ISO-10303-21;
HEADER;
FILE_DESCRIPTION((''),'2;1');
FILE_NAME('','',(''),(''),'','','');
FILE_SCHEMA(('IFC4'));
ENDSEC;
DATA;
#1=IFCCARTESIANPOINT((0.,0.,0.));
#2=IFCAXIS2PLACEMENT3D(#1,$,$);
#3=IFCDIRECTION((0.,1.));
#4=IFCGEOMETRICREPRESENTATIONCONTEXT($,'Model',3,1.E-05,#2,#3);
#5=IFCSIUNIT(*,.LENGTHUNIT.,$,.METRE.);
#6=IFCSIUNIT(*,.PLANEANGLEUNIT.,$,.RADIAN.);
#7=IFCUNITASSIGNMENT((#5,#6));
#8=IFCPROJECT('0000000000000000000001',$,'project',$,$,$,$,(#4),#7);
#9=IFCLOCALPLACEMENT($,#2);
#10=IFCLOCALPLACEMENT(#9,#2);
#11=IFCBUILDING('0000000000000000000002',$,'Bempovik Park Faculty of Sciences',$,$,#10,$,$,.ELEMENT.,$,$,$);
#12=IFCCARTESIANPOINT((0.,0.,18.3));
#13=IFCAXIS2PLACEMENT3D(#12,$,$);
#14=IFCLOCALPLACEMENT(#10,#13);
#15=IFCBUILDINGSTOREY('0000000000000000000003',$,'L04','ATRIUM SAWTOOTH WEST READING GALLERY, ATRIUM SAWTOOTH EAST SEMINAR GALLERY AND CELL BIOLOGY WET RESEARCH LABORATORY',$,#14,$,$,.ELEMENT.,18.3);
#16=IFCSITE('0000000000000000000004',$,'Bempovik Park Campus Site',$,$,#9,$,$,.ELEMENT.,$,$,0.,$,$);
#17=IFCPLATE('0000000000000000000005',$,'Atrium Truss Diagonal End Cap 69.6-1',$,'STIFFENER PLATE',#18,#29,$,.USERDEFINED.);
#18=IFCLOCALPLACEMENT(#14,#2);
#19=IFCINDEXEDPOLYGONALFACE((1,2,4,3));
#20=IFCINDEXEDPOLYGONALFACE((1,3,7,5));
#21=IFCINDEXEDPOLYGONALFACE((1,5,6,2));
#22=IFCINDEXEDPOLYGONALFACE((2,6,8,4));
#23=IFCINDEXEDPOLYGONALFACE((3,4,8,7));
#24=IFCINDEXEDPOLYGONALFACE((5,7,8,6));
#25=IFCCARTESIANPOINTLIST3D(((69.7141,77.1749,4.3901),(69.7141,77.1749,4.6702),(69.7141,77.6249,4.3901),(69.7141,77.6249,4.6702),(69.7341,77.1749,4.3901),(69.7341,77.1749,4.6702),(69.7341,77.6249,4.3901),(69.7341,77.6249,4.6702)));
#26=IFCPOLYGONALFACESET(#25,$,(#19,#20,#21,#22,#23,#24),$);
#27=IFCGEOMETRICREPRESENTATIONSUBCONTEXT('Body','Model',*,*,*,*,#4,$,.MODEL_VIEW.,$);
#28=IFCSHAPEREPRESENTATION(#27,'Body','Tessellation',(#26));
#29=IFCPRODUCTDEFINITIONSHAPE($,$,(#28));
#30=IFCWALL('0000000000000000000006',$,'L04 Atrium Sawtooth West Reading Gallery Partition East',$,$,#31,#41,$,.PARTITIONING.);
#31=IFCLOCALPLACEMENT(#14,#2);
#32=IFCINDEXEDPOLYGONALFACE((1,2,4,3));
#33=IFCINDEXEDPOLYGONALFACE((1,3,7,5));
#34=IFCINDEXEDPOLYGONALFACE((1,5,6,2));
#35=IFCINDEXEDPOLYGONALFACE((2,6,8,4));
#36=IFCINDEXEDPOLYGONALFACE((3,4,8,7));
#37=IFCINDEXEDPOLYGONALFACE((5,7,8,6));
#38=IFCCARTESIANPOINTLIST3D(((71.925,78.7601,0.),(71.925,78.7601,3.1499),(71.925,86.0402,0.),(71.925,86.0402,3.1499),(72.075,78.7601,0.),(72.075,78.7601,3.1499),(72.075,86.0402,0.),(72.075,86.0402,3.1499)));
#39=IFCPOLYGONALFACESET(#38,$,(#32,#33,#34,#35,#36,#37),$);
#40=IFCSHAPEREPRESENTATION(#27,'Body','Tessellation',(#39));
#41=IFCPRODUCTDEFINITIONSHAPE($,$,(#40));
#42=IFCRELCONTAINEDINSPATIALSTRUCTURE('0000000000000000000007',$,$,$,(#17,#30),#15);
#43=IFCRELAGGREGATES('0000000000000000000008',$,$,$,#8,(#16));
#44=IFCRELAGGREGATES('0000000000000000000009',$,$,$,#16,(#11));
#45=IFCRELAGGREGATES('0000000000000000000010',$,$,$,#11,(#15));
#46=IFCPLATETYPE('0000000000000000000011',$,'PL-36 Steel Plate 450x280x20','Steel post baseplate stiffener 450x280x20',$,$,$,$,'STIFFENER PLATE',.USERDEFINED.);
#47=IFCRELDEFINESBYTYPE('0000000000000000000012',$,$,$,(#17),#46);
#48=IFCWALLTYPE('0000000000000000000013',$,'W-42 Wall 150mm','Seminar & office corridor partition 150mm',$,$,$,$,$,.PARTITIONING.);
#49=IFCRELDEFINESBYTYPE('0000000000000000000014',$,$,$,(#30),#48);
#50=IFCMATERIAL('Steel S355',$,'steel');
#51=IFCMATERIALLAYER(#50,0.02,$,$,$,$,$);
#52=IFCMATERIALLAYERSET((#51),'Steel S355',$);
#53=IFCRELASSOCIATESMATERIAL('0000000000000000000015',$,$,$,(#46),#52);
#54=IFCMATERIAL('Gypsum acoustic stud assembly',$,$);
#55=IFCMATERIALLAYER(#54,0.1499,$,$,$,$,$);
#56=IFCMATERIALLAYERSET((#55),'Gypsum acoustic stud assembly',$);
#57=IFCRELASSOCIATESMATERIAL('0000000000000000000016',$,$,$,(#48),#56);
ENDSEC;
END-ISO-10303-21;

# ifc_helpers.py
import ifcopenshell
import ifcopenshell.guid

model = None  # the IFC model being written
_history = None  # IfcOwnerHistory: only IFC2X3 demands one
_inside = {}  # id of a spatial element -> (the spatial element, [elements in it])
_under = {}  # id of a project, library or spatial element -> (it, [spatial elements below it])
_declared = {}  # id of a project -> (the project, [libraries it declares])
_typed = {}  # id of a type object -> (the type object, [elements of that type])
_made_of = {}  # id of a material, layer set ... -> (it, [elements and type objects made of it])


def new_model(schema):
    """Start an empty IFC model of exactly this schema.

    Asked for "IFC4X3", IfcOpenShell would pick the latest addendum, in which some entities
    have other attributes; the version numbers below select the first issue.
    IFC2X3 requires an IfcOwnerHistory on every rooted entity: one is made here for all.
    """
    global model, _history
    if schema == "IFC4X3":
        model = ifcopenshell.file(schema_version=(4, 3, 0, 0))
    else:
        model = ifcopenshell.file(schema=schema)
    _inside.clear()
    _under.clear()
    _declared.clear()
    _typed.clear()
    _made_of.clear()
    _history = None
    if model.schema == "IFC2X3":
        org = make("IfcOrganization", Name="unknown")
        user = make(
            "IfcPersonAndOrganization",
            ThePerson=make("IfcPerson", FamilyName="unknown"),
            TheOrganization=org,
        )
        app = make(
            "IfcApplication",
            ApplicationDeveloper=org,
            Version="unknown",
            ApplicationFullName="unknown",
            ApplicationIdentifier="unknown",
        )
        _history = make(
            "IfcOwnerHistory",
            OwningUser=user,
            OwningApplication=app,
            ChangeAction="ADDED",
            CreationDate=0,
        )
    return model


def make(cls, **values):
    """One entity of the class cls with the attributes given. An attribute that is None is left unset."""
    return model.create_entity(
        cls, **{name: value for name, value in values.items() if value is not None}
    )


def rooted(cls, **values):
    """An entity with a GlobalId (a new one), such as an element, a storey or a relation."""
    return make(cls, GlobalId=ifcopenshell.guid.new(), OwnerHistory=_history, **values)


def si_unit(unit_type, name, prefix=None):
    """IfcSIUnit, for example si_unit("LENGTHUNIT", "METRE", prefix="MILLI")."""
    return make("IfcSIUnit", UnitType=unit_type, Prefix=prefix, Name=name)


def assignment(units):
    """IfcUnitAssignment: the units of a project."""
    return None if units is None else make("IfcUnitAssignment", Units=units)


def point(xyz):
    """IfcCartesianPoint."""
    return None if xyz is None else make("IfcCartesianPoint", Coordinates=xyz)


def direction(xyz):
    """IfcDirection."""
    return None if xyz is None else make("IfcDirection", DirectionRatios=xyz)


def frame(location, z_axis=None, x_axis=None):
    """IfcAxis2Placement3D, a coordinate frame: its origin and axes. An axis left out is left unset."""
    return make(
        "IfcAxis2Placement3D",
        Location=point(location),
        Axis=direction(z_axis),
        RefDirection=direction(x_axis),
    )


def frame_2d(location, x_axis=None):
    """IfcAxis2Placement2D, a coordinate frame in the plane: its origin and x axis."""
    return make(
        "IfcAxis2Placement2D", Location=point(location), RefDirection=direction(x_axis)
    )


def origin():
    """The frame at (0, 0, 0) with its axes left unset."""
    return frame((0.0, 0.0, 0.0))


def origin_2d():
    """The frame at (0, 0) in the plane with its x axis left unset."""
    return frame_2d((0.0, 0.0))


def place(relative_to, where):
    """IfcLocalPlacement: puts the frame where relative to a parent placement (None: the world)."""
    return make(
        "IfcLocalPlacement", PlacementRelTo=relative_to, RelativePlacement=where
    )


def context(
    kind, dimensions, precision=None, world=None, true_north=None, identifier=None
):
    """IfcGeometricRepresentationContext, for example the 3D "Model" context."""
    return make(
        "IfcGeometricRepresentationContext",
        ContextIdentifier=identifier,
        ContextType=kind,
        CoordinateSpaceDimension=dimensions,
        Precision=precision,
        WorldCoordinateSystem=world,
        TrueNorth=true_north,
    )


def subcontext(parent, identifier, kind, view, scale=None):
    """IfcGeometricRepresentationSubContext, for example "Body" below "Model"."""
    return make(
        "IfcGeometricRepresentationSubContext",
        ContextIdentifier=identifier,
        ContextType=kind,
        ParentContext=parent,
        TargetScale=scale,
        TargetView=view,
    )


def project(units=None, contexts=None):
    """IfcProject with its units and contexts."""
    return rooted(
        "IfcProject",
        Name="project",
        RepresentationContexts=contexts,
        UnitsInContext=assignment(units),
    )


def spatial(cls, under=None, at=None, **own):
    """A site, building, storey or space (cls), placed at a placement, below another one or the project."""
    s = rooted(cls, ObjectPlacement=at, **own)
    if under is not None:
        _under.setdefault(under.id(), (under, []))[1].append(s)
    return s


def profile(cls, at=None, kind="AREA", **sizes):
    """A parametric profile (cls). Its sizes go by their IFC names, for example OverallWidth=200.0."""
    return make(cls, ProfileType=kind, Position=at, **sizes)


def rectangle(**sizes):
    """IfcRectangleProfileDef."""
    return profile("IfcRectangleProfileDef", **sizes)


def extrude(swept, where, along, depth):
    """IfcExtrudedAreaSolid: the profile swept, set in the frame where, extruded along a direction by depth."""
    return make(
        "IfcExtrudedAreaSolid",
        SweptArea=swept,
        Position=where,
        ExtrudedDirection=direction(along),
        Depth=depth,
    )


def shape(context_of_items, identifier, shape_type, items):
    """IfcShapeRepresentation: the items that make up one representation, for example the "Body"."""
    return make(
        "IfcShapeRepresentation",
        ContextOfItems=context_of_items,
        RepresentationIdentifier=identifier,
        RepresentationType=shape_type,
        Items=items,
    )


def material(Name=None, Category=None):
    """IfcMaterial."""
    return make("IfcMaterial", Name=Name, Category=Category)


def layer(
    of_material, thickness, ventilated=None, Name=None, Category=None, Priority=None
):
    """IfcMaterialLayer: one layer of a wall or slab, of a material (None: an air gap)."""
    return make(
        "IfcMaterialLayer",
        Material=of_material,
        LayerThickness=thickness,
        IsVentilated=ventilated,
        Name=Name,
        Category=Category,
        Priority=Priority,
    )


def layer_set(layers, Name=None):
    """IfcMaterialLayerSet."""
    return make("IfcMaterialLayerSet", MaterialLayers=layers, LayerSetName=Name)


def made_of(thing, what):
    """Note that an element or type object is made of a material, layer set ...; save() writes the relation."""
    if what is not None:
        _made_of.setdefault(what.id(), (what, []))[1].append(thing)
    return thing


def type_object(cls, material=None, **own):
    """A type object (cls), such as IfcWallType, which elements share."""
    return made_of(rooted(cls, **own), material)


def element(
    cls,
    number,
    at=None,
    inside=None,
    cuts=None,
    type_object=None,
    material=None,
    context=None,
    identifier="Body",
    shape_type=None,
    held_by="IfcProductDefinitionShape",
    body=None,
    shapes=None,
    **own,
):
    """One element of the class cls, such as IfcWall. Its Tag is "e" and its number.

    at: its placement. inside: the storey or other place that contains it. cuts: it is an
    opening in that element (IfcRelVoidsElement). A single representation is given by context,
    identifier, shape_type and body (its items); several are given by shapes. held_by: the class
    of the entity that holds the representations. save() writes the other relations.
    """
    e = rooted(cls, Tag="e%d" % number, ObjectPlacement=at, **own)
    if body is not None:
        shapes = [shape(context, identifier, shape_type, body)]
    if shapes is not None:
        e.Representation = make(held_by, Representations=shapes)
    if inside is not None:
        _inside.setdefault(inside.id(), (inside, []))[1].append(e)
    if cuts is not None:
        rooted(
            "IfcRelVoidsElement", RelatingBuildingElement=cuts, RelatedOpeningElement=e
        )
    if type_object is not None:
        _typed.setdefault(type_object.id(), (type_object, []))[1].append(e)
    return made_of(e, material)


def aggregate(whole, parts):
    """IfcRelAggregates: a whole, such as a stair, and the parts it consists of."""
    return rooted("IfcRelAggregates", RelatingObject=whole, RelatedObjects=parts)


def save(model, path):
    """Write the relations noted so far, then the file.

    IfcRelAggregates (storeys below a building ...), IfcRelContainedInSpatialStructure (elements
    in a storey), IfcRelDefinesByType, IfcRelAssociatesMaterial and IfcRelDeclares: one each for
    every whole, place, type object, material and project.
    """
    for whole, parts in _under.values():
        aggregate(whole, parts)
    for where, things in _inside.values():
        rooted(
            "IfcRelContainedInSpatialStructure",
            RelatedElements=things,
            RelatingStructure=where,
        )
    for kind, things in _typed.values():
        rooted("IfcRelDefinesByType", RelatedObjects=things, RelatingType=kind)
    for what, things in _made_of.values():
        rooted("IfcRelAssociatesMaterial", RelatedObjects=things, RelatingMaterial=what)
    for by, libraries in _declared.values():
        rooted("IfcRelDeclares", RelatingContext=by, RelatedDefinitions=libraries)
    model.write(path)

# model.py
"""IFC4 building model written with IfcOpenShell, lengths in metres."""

from ifc_helpers import new_model, si_unit, direction, frame, frame_2d, origin, origin_2d, place, context, subcontext, project, spatial, rectangle, extrude, material, layer, layer_set, type_object, element, save


model = new_model("IFC4")

# Units and contexts
model_context = context("Model", 3, precision=1e-05, world=origin(), true_north=direction((0.0, 1.0)))
body_context = subcontext(model_context, "Body", "Model", "MODEL_VIEW")
ifc_project = project(units=[si_unit("LENGTHUNIT", "METRE"), si_unit("PLANEANGLEUNIT", "RADIAN")], contexts=[model_context])

# Site, building, storey
site_placement = place(None, origin())
site = spatial("IfcSite", under=ifc_project, at=site_placement, Name="Bempovik Park Campus Site", CompositionType="ELEMENT", RefElevation=0.0)
building_placement = place(site_placement, origin())
building = spatial("IfcBuilding", under=site, at=building_placement, Name="Bempovik Park Faculty of Sciences", CompositionType="ELEMENT")
storey_placement = place(building_placement, frame((0.0, 0.0, 18.3)))
storey = spatial("IfcBuildingStorey", under=building, at=storey_placement, Name="L04", Description="ATRIUM SAWTOOTH WEST READING GALLERY, ATRIUM SAWTOOTH EAST SEMINAR GALLERY AND CELL BIOLOGY WET RESEARCH LABORATORY", CompositionType="ELEMENT", Elevation=18.3)

# Shared definitions
ifc_material_1 = material(Name="Steel S355", Category="steel")

# Plate
ifc_layer_1 = layer(ifc_material_1, 0.02)
ifc_layer_set_1 = layer_set([ifc_layer_1], Name="Steel S355")
plate_type_1 = type_object("IfcPlateType", Name="PL-36 Steel Plate 450x280x20", Description="Steel post baseplate stiffener 450x280x20", ElementType="STIFFENER PLATE", PredefinedType="USERDEFINED", material=ifc_layer_set_1)
plate_1_placement = place(storey_placement, frame((69.7241, 77.3999, 4.3901), z_axis=(0.0, 0.0, 1.0), x_axis=(1.0, 0.0, 0.0)))
element("IfcPlate", 1, at=plate_1_placement, inside=storey, type_object=plate_type_1, Name="Atrium Truss Diagonal End Cap 69.6-1", ObjectType="STIFFENER PLATE", PredefinedType="USERDEFINED", context=body_context, shape_type="SweptSolid", body=[
    extrude(rectangle(XDim=0.02, YDim=0.45, at=origin_2d()), origin(), (0.0, 0.0, 1.0), 0.28),
])

# Wall
ifc_material_2 = material(Name="Gypsum acoustic stud assembly")
ifc_layer_2 = layer(ifc_material_2, 0.1499)
ifc_layer_set_2 = layer_set([ifc_layer_2], Name="Gypsum acoustic stud assembly")
wall_type = type_object("IfcWallType", Name="W-42 Wall 150mm", Description="Seminar & office corridor partition 150mm", PredefinedType="PARTITIONING", material=ifc_layer_set_2)
wall_placement = place(storey_placement, frame((72.0, 78.76, 0.0), z_axis=(0.0, 0.0, 1.0), x_axis=(0.0, 1.0, 0.0)))
element("IfcWall", 2, at=wall_placement, inside=storey, type_object=wall_type, Name="L04 Atrium Sawtooth West Reading Gallery Partition East", PredefinedType="PARTITIONING", context=body_context, shape_type="SweptSolid", body=[
    extrude(rectangle(XDim=7.28, YDim=0.1499, at=frame_2d((3.6401, 0.0))), origin(), (0.0, 0.0, 1.0), 3.1499),
])

save(model, "model.ifc")
